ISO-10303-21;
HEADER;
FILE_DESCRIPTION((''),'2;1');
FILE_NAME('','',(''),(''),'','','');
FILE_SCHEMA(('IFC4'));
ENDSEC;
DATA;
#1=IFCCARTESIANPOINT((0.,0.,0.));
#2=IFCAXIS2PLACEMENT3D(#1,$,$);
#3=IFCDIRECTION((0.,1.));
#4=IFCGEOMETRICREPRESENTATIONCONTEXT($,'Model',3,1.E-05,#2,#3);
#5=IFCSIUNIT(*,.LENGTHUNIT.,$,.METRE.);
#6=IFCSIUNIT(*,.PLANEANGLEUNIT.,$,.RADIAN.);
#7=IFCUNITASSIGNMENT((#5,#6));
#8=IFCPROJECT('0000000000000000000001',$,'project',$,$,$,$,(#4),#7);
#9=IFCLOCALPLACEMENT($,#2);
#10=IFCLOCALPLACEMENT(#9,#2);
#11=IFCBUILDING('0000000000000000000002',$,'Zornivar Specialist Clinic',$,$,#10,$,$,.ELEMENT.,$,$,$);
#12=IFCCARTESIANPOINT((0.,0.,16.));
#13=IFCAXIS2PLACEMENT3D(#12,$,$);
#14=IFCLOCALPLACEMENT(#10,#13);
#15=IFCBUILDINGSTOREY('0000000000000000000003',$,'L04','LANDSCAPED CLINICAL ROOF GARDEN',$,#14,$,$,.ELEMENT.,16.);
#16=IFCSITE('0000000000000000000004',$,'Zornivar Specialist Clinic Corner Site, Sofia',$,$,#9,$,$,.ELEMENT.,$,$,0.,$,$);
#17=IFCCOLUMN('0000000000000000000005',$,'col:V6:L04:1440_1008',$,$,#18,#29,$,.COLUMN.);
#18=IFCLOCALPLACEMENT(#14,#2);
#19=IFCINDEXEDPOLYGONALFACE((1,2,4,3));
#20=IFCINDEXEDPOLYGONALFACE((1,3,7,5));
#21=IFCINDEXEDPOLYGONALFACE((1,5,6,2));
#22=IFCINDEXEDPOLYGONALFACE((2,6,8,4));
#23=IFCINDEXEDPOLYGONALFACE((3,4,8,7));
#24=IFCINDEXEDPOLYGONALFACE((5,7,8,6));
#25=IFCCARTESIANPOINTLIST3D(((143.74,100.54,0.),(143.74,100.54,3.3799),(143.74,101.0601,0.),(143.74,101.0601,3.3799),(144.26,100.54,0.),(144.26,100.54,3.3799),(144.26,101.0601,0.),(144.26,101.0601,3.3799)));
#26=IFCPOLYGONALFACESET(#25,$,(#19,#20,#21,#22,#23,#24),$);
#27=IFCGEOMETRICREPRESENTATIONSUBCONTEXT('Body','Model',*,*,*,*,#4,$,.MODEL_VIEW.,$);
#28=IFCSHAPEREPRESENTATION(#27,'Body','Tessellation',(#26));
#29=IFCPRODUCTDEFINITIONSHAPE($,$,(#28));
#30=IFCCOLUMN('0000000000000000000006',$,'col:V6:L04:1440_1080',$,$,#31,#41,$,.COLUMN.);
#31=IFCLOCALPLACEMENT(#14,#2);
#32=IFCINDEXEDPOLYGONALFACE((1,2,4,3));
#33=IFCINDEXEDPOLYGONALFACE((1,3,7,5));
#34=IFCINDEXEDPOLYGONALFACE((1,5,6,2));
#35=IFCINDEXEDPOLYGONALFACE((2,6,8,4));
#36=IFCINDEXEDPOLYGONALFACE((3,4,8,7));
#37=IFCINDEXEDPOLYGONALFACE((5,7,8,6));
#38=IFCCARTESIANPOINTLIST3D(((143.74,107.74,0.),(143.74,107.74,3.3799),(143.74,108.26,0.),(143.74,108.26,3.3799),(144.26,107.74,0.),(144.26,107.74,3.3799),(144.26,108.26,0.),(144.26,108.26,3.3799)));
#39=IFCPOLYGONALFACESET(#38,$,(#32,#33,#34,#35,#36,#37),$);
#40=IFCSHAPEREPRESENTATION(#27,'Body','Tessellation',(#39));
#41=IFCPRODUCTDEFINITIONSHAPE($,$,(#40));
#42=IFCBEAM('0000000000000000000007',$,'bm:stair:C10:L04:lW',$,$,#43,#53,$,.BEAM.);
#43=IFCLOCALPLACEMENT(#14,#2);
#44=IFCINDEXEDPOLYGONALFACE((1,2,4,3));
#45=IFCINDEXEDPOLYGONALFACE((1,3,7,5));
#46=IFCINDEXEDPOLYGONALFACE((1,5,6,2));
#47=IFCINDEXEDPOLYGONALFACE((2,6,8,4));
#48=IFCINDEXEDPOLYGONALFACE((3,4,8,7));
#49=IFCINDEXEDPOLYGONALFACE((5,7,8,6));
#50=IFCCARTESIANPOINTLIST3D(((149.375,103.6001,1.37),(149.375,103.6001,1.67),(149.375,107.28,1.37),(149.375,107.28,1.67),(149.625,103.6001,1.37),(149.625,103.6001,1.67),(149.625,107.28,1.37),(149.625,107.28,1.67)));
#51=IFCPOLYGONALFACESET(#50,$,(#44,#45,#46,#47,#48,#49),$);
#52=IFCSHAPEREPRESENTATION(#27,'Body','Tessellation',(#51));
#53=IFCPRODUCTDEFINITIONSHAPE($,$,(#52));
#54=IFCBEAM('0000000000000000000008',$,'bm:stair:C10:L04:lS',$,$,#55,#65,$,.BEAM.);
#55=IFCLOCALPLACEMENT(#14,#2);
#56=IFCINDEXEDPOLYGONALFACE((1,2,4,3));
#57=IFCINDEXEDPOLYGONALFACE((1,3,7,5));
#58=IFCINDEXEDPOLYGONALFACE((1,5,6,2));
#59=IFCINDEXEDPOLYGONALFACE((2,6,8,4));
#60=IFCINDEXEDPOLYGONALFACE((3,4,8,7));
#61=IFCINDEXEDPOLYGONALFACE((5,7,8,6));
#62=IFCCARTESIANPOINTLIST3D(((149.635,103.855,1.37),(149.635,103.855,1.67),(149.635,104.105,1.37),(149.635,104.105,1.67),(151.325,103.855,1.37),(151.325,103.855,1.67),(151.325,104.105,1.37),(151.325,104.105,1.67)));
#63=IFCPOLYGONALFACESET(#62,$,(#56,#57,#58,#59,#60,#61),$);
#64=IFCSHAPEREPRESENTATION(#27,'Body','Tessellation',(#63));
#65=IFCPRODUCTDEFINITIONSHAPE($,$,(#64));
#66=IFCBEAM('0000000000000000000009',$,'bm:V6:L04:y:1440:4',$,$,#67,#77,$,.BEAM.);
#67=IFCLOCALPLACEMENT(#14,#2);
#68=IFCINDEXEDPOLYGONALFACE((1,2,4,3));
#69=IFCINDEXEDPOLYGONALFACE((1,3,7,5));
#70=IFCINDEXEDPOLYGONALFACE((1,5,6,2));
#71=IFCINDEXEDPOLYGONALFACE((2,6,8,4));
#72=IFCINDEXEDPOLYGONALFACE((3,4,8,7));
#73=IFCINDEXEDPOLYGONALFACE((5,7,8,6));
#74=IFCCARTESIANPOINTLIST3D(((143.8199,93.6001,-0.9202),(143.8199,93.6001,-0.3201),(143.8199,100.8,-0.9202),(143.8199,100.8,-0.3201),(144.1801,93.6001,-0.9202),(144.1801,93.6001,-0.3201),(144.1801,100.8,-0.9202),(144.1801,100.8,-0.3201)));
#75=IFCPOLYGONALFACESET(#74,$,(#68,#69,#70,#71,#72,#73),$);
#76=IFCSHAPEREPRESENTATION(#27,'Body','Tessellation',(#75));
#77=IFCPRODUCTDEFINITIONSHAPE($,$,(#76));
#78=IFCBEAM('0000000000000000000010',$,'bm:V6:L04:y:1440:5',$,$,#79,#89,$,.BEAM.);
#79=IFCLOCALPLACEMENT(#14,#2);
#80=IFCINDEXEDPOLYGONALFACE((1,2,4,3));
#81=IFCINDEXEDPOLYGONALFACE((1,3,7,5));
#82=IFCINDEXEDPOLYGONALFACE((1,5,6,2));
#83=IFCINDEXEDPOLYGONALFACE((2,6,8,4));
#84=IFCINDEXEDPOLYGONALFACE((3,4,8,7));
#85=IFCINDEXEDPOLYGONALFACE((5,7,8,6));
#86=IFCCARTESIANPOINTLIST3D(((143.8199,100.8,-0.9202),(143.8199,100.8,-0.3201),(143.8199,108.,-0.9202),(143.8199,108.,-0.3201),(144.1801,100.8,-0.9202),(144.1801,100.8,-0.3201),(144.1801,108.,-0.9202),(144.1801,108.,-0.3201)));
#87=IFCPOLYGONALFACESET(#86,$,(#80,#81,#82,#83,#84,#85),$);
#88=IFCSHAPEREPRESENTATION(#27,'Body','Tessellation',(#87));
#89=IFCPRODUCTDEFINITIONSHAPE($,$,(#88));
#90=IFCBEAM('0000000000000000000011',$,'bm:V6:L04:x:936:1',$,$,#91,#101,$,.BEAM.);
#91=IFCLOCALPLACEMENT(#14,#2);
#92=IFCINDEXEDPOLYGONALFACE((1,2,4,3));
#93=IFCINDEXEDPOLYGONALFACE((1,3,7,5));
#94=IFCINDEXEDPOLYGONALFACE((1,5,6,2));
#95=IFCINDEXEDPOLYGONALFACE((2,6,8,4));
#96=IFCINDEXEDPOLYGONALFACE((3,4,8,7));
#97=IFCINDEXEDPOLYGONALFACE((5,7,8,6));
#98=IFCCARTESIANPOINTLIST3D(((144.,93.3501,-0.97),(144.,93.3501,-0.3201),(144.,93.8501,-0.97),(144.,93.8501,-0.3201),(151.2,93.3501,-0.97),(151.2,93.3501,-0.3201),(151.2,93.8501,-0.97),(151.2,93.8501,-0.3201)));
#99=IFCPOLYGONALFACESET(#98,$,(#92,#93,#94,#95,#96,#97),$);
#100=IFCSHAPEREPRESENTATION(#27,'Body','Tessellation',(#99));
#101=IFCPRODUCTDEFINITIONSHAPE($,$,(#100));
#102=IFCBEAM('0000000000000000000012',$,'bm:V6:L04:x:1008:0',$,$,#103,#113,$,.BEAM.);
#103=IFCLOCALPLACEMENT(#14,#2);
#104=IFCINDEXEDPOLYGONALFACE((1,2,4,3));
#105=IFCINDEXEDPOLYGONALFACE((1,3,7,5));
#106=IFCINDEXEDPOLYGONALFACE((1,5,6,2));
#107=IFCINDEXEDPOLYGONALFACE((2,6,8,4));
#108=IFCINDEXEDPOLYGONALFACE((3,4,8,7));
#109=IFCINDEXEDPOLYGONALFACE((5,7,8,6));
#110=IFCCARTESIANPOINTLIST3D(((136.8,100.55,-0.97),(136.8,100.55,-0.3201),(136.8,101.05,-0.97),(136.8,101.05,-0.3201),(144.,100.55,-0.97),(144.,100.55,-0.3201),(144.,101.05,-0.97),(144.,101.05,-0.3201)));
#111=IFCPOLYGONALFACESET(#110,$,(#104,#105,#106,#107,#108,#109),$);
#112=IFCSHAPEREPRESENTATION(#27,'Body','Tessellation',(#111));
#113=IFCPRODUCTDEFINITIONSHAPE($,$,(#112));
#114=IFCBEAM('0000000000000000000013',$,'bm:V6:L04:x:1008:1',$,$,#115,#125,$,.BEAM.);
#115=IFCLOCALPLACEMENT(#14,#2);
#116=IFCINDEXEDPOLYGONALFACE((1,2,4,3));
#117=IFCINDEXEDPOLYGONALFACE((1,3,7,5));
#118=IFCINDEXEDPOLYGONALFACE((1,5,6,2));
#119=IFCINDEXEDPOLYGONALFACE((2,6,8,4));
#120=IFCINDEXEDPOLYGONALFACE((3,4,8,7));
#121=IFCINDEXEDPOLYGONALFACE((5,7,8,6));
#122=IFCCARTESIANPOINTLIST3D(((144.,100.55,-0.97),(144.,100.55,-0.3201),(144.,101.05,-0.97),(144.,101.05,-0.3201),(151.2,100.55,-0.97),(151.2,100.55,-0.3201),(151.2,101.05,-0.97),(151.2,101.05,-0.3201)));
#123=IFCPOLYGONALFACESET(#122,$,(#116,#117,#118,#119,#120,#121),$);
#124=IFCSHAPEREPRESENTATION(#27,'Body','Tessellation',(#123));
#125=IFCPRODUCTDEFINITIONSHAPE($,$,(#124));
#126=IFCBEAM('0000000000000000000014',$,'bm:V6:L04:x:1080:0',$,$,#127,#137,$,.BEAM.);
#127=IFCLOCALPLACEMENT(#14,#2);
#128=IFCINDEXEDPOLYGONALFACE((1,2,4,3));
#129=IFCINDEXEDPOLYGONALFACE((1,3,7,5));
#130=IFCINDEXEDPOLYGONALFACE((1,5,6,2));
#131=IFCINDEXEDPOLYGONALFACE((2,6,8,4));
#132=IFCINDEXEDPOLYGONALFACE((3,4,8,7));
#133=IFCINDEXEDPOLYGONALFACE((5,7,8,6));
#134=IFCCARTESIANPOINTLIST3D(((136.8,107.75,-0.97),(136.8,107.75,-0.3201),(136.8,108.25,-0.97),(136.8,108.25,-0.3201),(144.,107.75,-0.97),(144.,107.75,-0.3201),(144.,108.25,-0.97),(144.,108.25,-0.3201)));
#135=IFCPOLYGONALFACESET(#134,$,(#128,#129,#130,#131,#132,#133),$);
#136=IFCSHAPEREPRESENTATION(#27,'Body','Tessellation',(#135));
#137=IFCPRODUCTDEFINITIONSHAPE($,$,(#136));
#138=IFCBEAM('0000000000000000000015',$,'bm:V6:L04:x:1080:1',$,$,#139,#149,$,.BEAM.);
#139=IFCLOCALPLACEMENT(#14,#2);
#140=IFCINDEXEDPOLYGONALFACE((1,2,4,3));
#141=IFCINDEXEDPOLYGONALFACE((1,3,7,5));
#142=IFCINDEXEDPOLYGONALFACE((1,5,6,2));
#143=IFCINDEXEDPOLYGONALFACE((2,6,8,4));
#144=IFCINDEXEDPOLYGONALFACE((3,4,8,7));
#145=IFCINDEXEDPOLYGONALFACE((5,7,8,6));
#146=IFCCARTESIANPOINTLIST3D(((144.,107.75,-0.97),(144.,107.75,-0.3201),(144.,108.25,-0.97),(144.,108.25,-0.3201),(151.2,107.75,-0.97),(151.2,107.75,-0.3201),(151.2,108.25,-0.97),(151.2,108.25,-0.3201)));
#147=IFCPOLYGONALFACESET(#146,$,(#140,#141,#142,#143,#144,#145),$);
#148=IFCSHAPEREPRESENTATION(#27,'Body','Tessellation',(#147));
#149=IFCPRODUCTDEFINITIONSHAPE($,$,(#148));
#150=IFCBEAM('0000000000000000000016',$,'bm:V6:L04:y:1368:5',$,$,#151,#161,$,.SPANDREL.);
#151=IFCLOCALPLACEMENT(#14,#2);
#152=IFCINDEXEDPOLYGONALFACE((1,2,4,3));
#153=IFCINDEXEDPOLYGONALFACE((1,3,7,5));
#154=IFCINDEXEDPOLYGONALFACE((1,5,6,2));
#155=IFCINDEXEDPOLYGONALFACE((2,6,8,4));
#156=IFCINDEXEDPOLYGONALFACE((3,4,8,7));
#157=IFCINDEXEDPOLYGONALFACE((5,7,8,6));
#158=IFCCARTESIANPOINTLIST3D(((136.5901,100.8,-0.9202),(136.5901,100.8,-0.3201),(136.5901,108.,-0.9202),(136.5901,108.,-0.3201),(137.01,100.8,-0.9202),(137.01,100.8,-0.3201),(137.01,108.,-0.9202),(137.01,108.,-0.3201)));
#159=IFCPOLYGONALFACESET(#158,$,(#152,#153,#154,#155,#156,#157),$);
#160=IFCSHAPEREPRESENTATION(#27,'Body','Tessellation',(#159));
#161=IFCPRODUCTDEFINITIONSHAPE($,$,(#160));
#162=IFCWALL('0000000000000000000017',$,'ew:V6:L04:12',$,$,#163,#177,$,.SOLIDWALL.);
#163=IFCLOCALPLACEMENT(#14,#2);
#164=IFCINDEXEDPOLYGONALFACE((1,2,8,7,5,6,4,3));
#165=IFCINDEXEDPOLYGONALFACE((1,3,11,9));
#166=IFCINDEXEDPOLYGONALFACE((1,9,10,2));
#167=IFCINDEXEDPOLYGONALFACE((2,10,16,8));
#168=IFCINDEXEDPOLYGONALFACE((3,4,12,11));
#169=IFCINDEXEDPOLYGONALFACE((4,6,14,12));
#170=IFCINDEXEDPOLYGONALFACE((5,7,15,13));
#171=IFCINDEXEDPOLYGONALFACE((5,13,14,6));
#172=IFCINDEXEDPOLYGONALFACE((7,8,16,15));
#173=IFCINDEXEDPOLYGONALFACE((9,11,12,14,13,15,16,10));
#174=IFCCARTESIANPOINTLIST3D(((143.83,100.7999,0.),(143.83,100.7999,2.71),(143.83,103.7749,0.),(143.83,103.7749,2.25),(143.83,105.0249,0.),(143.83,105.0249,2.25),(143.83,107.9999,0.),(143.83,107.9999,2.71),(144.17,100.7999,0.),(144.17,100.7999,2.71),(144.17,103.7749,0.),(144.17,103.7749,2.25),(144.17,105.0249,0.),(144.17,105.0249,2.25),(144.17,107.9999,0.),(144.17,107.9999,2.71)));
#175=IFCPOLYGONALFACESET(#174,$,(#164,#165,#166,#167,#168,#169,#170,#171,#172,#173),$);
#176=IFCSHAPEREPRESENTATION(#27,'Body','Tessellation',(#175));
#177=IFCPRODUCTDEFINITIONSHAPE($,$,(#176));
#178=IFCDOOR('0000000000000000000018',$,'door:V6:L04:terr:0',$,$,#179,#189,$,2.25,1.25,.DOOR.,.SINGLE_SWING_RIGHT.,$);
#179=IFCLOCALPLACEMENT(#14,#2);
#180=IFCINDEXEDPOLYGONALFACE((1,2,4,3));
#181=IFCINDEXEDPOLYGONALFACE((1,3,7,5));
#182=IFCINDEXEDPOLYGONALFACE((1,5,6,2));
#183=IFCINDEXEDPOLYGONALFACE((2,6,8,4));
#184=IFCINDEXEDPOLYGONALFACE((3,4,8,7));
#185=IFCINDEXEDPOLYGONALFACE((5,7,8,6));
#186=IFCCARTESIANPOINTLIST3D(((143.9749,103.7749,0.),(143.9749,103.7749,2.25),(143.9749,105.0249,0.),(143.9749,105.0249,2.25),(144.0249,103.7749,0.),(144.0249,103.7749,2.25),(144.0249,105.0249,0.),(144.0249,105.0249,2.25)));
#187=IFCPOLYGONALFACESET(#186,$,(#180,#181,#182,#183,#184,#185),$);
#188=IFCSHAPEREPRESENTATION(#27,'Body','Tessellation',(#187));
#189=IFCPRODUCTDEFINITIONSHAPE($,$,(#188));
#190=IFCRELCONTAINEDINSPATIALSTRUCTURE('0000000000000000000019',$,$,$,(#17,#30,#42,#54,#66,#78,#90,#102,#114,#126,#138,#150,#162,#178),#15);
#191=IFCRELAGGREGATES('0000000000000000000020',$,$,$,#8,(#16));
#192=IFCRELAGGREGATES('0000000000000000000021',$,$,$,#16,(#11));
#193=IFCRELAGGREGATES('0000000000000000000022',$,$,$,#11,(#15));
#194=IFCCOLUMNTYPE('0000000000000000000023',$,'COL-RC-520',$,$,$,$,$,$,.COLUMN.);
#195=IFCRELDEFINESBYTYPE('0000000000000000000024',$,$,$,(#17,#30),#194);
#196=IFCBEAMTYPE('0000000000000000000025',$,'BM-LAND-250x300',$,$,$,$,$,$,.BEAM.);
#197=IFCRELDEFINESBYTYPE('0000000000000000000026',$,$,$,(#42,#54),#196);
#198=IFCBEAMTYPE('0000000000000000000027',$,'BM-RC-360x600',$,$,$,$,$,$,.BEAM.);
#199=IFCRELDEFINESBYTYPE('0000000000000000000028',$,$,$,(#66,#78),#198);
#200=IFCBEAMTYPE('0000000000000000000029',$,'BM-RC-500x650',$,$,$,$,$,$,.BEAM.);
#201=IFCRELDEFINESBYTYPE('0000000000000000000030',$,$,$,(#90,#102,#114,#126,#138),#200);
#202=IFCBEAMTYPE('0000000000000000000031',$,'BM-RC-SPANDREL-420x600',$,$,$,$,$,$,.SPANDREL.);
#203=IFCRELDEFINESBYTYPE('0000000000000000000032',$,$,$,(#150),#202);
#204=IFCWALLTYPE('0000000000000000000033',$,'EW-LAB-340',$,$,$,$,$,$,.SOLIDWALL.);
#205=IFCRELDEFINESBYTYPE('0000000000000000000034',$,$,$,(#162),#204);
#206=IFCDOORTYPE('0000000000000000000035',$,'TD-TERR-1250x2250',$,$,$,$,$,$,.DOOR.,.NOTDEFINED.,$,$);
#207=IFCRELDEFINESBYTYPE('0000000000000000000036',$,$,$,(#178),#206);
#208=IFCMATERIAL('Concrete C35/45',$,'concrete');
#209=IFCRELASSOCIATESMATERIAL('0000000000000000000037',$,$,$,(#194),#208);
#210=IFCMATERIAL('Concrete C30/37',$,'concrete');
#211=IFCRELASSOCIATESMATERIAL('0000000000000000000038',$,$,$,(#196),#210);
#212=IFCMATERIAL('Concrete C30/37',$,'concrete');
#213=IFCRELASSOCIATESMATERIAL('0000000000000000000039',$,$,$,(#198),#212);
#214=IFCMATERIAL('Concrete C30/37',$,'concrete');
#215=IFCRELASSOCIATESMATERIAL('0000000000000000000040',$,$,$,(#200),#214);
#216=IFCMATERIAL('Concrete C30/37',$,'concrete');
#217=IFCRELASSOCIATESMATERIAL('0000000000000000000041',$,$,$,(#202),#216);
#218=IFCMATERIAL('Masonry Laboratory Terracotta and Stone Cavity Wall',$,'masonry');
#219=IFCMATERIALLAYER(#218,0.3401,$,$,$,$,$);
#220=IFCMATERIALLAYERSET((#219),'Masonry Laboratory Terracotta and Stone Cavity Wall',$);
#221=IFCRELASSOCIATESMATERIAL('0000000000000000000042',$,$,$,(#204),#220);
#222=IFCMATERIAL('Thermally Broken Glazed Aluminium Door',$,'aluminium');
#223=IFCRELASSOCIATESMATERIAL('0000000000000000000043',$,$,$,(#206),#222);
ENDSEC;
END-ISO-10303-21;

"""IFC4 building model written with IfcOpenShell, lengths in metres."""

from ifc_helpers import new_model, si_unit, direction, frame, frame_2d, origin, origin_2d, place, context, subcontext, project, spatial, rectangle, extrude, material, layer, layer_set, material_profile, profile_set, type_object, element, fill, save


model = new_model("IFC4")

# Units and contexts
model_context = context("Model", 3, precision=1e-05, world=origin(), true_north=direction((0.0, 1.0)))
body_context = subcontext(model_context, "Body", "Model", "MODEL_VIEW")
ifc_project = project(units=[si_unit("LENGTHUNIT", "METRE"), si_unit("PLANEANGLEUNIT", "RADIAN")], contexts=[model_context])

# Site, building, storey
site_placement = place(None, origin())
site = spatial("IfcSite", under=ifc_project, at=site_placement, Name="Zornivar Specialist Clinic Corner Site, Sofia", CompositionType="ELEMENT", RefElevation=0.0)
building_placement = place(site_placement, origin())
building = spatial("IfcBuilding", under=site, at=building_placement, Name="Zornivar Specialist Clinic", CompositionType="ELEMENT")
storey_placement = place(building_placement, frame((0.0, 0.0, 16.0)))
storey = spatial("IfcBuildingStorey", under=building, at=storey_placement, Name="L04", Description="LANDSCAPED CLINICAL ROOF GARDEN", CompositionType="ELEMENT", Elevation=16.0)

# Columns
ifc_material_1 = material(Name="Concrete C35/45", Category="concrete")
ifc_material_profile_1 = material_profile(ifc_material_1, rectangle(XDim=0.52, YDim=0.52, at=origin_2d()), Name="RC 520x520")
ifc_profile_set_1 = profile_set([ifc_material_profile_1], Name="Concrete C35/45")
column_type = type_object("IfcColumnType", Name="COL-RC-520", PredefinedType="COLUMN", material=ifc_profile_set_1)
for number, where, z_axis, x_axis, name in (
    (1, (144.0, 100.8, 0.0), (0.0, 0.0, 1.0), (1.0, 0.0, 0.0), "col:V6:L04:1440_1008"),
    (2, (144.0, 108.0, 0.0), (0.0, 0.0, 1.0), (1.0, 0.0, 0.0), "col:V6:L04:1440_1080"),
):
    element("IfcColumn", number, at=place(storey_placement, frame(where, z_axis=z_axis, x_axis=x_axis)), inside=storey, type_object=column_type, Name=name, PredefinedType="COLUMN", context=body_context, shape_type="SweptSolid", body=[
        extrude(rectangle(XDim=0.52, YDim=0.52, at=origin_2d()), origin(), (0.0, 0.0, 1.0), 3.3799),
    ])

# Beams
ifc_material_2 = material(Name="Concrete C30/37", Category="concrete")
ifc_material_profile_2 = material_profile(ifc_material_2, rectangle(XDim=0.25, YDim=0.3, at=origin_2d()), Name="RC 250x300")
ifc_profile_set_2 = profile_set([ifc_material_profile_2], Name="Concrete C30/37")
beam_type_1 = type_object("IfcBeamType", Name="BM-LAND-250x300", PredefinedType="BEAM", material=ifc_profile_set_2)
beam_1_placement = place(storey_placement, frame((149.5, 103.6001, 1.52), z_axis=(0.0, 1.0, 0.0), x_axis=(-1.0, 0.0, 0.0)))
element("IfcBeam", 3, at=beam_1_placement, inside=storey, type_object=beam_type_1, Name="bm:stair:C10:L04:lW", PredefinedType="BEAM", context=body_context, shape_type="SweptSolid", body=[
    extrude(rectangle(XDim=0.25, YDim=0.3, at=origin_2d()), origin(), (0.0, 0.0, 1.0), 3.6799),
])
beam_2_placement = place(storey_placement, frame((149.635, 103.98, 1.52), z_axis=(1.0, 0.0, 0.0), x_axis=(0.0, 1.0, 0.0)))
element("IfcBeam", 4, at=beam_2_placement, inside=storey, type_object=beam_type_1, Name="bm:stair:C10:L04:lS", PredefinedType="BEAM", context=body_context, shape_type="SweptSolid", body=[
    extrude(rectangle(XDim=0.25, YDim=0.3, at=origin_2d()), origin(), (0.0, 0.0, 1.0), 1.6899),
])
ifc_material_3 = material(Name="Concrete C30/37", Category="concrete")
ifc_material_profile_3 = material_profile(ifc_material_3, rectangle(XDim=0.3601, YDim=0.6001, at=origin_2d()), Name="RC 360x600")
ifc_profile_set_3 = profile_set([ifc_material_profile_3], Name="Concrete C30/37")
beam_type_2 = type_object("IfcBeamType", Name="BM-RC-360x600", PredefinedType="BEAM", material=ifc_profile_set_3)
for number, where, z_axis, x_axis, name in (
    (5, (144.0, 93.6001, -0.6201), (0.0, 1.0, 0.0), (-1.0, 0.0, 0.0), "bm:V6:L04:y:1440:4"),
    (6, (144.0, 100.8, -0.6201), (0.0, 1.0, 0.0), (-1.0, 0.0, 0.0), "bm:V6:L04:y:1440:5"),
):
    element("IfcBeam", number, at=place(storey_placement, frame(where, z_axis=z_axis, x_axis=x_axis)), inside=storey, type_object=beam_type_2, Name=name, PredefinedType="BEAM", context=body_context, shape_type="SweptSolid", body=[
        extrude(rectangle(XDim=0.3601, YDim=0.6001, at=origin_2d()), origin(), (0.0, 0.0, 1.0), 7.2),
    ])
ifc_material_4 = material(Name="Concrete C30/37", Category="concrete")
ifc_material_profile_4 = material_profile(ifc_material_4, rectangle(XDim=0.5, YDim=0.6499, at=origin_2d()), Name="RC 500x650")
ifc_profile_set_4 = profile_set([ifc_material_profile_4], Name="Concrete C30/37")
beam_type_3 = type_object("IfcBeamType", Name="BM-RC-500x650", PredefinedType="BEAM", material=ifc_profile_set_4)
for number, where, z_axis, x_axis, name in (
    (7, (144.0, 93.6001, -0.645), (1.0, 0.0, 0.0), (0.0, 1.0, 0.0), "bm:V6:L04:x:936:1"),
    (8, (136.8, 100.8, -0.645), (1.0, 0.0, 0.0), (0.0, 1.0, 0.0), "bm:V6:L04:x:1008:0"),
    (9, (144.0, 100.8, -0.645), (1.0, 0.0, 0.0), (0.0, 1.0, 0.0), "bm:V6:L04:x:1008:1"),
    (10, (136.8, 108.0, -0.645), (1.0, 0.0, 0.0), (0.0, 1.0, 0.0), "bm:V6:L04:x:1080:0"),
    (11, (144.0, 108.0, -0.645), (1.0, 0.0, 0.0), (0.0, 1.0, 0.0), "bm:V6:L04:x:1080:1"),
):
    element("IfcBeam", number, at=place(storey_placement, frame(where, z_axis=z_axis, x_axis=x_axis)), inside=storey, type_object=beam_type_3, Name=name, PredefinedType="BEAM", context=body_context, shape_type="SweptSolid", body=[
        extrude(rectangle(XDim=0.5, YDim=0.6499, at=origin_2d()), origin(), (0.0, 0.0, 1.0), 7.2),
    ])
ifc_material_5 = material(Name="Concrete C30/37", Category="concrete")
ifc_material_profile_5 = material_profile(ifc_material_5, rectangle(XDim=0.4199, YDim=0.6001, at=origin_2d()), Name="RC 420x600")
ifc_profile_set_5 = profile_set([ifc_material_profile_5], Name="Concrete C30/37")
beam_type_4 = type_object("IfcBeamType", Name="BM-RC-SPANDREL-420x600", PredefinedType="SPANDREL", material=ifc_profile_set_5)
beam_3_placement = place(storey_placement, frame((136.8, 100.8, -0.6201), z_axis=(0.0, 1.0, 0.0), x_axis=(-1.0, 0.0, 0.0)))
element("IfcBeam", 12, at=beam_3_placement, inside=storey, type_object=beam_type_4, Name="bm:V6:L04:y:1368:5", PredefinedType="SPANDREL", context=body_context, shape_type="SweptSolid", body=[
    extrude(rectangle(XDim=0.4199, YDim=0.6001, at=origin_2d()), origin(), (0.0, 0.0, 1.0), 7.2),
])

# Wall, opening, door
ifc_material_6 = material(Name="Masonry Laboratory Terracotta and Stone Cavity Wall", Category="masonry")
ifc_layer_1 = layer(ifc_material_6, 0.3401)
ifc_layer_set_1 = layer_set([ifc_layer_1], Name="Masonry Laboratory Terracotta and Stone Cavity Wall")
wall_type_1 = type_object("IfcWallType", Name="EW-LAB-340", PredefinedType="SOLIDWALL", material=ifc_layer_set_1)
wall_1_placement = place(storey_placement, frame((144.0, 108.0, 0.0), z_axis=(0.0, 0.0, 1.0), x_axis=(0.0, -1.0, 0.0)))
wall_1 = element("IfcWall", 13, at=wall_1_placement, inside=storey, type_object=wall_type_1, Name="ew:V6:L04:12", PredefinedType="SOLIDWALL", context=body_context, shape_type="SweptSolid", body=[
    extrude(rectangle(XDim=7.2, YDim=0.3401, at=frame_2d((3.6001, 0.0))), origin(), (0.0, 0.0, 1.0), 2.71),
])
opening_1_placement = place(wall_1_placement, frame((2.9751, 0.0, 0.0)))
opening_1 = element("IfcOpeningElement", 14, at=opening_1_placement, cuts=wall_1, PredefinedType="OPENING", context=body_context, shape_type="SweptSolid", body=[
    extrude(rectangle(XDim=1.25, YDim=2.25, at=frame_2d((0.625, 1.125))), frame((0.0, 0.1799, 0.0), z_axis=(0.0, -1.0, 0.0), x_axis=(1.0, 0.0, 0.0)), (0.0, 0.0, 1.0), 0.3601),
])
ifc_material_7 = material(Name="Thermally Broken Glazed Aluminium Door", Category="aluminium")
door_type_1 = type_object("IfcDoorType", Name="TD-TERR-1250x2250", OperationType="NOTDEFINED", PredefinedType="DOOR", material=ifc_material_7)
door_1_placement = place(opening_1_placement, origin())
door_1 = element("IfcDoor", 15, at=door_1_placement, inside=storey, type_object=door_type_1, Name="door:V6:L04:terr:0", OperationType="SINGLE_SWING_RIGHT", OverallHeight=2.25, OverallWidth=1.25, PredefinedType="DOOR", context=body_context, shape_type="SweptSolid", body=[
    extrude(rectangle(XDim=1.25, YDim=2.25, at=frame_2d((0.625, 1.125))), frame((0.0, 0.0249, 0.0), z_axis=(0.0, -1.0, 0.0), x_axis=(1.0, 0.0, 0.0)), (0.0, 0.0, 1.0), 0.05),
])
fill(opening_1, door_1)

save(model, "model.ifc")
